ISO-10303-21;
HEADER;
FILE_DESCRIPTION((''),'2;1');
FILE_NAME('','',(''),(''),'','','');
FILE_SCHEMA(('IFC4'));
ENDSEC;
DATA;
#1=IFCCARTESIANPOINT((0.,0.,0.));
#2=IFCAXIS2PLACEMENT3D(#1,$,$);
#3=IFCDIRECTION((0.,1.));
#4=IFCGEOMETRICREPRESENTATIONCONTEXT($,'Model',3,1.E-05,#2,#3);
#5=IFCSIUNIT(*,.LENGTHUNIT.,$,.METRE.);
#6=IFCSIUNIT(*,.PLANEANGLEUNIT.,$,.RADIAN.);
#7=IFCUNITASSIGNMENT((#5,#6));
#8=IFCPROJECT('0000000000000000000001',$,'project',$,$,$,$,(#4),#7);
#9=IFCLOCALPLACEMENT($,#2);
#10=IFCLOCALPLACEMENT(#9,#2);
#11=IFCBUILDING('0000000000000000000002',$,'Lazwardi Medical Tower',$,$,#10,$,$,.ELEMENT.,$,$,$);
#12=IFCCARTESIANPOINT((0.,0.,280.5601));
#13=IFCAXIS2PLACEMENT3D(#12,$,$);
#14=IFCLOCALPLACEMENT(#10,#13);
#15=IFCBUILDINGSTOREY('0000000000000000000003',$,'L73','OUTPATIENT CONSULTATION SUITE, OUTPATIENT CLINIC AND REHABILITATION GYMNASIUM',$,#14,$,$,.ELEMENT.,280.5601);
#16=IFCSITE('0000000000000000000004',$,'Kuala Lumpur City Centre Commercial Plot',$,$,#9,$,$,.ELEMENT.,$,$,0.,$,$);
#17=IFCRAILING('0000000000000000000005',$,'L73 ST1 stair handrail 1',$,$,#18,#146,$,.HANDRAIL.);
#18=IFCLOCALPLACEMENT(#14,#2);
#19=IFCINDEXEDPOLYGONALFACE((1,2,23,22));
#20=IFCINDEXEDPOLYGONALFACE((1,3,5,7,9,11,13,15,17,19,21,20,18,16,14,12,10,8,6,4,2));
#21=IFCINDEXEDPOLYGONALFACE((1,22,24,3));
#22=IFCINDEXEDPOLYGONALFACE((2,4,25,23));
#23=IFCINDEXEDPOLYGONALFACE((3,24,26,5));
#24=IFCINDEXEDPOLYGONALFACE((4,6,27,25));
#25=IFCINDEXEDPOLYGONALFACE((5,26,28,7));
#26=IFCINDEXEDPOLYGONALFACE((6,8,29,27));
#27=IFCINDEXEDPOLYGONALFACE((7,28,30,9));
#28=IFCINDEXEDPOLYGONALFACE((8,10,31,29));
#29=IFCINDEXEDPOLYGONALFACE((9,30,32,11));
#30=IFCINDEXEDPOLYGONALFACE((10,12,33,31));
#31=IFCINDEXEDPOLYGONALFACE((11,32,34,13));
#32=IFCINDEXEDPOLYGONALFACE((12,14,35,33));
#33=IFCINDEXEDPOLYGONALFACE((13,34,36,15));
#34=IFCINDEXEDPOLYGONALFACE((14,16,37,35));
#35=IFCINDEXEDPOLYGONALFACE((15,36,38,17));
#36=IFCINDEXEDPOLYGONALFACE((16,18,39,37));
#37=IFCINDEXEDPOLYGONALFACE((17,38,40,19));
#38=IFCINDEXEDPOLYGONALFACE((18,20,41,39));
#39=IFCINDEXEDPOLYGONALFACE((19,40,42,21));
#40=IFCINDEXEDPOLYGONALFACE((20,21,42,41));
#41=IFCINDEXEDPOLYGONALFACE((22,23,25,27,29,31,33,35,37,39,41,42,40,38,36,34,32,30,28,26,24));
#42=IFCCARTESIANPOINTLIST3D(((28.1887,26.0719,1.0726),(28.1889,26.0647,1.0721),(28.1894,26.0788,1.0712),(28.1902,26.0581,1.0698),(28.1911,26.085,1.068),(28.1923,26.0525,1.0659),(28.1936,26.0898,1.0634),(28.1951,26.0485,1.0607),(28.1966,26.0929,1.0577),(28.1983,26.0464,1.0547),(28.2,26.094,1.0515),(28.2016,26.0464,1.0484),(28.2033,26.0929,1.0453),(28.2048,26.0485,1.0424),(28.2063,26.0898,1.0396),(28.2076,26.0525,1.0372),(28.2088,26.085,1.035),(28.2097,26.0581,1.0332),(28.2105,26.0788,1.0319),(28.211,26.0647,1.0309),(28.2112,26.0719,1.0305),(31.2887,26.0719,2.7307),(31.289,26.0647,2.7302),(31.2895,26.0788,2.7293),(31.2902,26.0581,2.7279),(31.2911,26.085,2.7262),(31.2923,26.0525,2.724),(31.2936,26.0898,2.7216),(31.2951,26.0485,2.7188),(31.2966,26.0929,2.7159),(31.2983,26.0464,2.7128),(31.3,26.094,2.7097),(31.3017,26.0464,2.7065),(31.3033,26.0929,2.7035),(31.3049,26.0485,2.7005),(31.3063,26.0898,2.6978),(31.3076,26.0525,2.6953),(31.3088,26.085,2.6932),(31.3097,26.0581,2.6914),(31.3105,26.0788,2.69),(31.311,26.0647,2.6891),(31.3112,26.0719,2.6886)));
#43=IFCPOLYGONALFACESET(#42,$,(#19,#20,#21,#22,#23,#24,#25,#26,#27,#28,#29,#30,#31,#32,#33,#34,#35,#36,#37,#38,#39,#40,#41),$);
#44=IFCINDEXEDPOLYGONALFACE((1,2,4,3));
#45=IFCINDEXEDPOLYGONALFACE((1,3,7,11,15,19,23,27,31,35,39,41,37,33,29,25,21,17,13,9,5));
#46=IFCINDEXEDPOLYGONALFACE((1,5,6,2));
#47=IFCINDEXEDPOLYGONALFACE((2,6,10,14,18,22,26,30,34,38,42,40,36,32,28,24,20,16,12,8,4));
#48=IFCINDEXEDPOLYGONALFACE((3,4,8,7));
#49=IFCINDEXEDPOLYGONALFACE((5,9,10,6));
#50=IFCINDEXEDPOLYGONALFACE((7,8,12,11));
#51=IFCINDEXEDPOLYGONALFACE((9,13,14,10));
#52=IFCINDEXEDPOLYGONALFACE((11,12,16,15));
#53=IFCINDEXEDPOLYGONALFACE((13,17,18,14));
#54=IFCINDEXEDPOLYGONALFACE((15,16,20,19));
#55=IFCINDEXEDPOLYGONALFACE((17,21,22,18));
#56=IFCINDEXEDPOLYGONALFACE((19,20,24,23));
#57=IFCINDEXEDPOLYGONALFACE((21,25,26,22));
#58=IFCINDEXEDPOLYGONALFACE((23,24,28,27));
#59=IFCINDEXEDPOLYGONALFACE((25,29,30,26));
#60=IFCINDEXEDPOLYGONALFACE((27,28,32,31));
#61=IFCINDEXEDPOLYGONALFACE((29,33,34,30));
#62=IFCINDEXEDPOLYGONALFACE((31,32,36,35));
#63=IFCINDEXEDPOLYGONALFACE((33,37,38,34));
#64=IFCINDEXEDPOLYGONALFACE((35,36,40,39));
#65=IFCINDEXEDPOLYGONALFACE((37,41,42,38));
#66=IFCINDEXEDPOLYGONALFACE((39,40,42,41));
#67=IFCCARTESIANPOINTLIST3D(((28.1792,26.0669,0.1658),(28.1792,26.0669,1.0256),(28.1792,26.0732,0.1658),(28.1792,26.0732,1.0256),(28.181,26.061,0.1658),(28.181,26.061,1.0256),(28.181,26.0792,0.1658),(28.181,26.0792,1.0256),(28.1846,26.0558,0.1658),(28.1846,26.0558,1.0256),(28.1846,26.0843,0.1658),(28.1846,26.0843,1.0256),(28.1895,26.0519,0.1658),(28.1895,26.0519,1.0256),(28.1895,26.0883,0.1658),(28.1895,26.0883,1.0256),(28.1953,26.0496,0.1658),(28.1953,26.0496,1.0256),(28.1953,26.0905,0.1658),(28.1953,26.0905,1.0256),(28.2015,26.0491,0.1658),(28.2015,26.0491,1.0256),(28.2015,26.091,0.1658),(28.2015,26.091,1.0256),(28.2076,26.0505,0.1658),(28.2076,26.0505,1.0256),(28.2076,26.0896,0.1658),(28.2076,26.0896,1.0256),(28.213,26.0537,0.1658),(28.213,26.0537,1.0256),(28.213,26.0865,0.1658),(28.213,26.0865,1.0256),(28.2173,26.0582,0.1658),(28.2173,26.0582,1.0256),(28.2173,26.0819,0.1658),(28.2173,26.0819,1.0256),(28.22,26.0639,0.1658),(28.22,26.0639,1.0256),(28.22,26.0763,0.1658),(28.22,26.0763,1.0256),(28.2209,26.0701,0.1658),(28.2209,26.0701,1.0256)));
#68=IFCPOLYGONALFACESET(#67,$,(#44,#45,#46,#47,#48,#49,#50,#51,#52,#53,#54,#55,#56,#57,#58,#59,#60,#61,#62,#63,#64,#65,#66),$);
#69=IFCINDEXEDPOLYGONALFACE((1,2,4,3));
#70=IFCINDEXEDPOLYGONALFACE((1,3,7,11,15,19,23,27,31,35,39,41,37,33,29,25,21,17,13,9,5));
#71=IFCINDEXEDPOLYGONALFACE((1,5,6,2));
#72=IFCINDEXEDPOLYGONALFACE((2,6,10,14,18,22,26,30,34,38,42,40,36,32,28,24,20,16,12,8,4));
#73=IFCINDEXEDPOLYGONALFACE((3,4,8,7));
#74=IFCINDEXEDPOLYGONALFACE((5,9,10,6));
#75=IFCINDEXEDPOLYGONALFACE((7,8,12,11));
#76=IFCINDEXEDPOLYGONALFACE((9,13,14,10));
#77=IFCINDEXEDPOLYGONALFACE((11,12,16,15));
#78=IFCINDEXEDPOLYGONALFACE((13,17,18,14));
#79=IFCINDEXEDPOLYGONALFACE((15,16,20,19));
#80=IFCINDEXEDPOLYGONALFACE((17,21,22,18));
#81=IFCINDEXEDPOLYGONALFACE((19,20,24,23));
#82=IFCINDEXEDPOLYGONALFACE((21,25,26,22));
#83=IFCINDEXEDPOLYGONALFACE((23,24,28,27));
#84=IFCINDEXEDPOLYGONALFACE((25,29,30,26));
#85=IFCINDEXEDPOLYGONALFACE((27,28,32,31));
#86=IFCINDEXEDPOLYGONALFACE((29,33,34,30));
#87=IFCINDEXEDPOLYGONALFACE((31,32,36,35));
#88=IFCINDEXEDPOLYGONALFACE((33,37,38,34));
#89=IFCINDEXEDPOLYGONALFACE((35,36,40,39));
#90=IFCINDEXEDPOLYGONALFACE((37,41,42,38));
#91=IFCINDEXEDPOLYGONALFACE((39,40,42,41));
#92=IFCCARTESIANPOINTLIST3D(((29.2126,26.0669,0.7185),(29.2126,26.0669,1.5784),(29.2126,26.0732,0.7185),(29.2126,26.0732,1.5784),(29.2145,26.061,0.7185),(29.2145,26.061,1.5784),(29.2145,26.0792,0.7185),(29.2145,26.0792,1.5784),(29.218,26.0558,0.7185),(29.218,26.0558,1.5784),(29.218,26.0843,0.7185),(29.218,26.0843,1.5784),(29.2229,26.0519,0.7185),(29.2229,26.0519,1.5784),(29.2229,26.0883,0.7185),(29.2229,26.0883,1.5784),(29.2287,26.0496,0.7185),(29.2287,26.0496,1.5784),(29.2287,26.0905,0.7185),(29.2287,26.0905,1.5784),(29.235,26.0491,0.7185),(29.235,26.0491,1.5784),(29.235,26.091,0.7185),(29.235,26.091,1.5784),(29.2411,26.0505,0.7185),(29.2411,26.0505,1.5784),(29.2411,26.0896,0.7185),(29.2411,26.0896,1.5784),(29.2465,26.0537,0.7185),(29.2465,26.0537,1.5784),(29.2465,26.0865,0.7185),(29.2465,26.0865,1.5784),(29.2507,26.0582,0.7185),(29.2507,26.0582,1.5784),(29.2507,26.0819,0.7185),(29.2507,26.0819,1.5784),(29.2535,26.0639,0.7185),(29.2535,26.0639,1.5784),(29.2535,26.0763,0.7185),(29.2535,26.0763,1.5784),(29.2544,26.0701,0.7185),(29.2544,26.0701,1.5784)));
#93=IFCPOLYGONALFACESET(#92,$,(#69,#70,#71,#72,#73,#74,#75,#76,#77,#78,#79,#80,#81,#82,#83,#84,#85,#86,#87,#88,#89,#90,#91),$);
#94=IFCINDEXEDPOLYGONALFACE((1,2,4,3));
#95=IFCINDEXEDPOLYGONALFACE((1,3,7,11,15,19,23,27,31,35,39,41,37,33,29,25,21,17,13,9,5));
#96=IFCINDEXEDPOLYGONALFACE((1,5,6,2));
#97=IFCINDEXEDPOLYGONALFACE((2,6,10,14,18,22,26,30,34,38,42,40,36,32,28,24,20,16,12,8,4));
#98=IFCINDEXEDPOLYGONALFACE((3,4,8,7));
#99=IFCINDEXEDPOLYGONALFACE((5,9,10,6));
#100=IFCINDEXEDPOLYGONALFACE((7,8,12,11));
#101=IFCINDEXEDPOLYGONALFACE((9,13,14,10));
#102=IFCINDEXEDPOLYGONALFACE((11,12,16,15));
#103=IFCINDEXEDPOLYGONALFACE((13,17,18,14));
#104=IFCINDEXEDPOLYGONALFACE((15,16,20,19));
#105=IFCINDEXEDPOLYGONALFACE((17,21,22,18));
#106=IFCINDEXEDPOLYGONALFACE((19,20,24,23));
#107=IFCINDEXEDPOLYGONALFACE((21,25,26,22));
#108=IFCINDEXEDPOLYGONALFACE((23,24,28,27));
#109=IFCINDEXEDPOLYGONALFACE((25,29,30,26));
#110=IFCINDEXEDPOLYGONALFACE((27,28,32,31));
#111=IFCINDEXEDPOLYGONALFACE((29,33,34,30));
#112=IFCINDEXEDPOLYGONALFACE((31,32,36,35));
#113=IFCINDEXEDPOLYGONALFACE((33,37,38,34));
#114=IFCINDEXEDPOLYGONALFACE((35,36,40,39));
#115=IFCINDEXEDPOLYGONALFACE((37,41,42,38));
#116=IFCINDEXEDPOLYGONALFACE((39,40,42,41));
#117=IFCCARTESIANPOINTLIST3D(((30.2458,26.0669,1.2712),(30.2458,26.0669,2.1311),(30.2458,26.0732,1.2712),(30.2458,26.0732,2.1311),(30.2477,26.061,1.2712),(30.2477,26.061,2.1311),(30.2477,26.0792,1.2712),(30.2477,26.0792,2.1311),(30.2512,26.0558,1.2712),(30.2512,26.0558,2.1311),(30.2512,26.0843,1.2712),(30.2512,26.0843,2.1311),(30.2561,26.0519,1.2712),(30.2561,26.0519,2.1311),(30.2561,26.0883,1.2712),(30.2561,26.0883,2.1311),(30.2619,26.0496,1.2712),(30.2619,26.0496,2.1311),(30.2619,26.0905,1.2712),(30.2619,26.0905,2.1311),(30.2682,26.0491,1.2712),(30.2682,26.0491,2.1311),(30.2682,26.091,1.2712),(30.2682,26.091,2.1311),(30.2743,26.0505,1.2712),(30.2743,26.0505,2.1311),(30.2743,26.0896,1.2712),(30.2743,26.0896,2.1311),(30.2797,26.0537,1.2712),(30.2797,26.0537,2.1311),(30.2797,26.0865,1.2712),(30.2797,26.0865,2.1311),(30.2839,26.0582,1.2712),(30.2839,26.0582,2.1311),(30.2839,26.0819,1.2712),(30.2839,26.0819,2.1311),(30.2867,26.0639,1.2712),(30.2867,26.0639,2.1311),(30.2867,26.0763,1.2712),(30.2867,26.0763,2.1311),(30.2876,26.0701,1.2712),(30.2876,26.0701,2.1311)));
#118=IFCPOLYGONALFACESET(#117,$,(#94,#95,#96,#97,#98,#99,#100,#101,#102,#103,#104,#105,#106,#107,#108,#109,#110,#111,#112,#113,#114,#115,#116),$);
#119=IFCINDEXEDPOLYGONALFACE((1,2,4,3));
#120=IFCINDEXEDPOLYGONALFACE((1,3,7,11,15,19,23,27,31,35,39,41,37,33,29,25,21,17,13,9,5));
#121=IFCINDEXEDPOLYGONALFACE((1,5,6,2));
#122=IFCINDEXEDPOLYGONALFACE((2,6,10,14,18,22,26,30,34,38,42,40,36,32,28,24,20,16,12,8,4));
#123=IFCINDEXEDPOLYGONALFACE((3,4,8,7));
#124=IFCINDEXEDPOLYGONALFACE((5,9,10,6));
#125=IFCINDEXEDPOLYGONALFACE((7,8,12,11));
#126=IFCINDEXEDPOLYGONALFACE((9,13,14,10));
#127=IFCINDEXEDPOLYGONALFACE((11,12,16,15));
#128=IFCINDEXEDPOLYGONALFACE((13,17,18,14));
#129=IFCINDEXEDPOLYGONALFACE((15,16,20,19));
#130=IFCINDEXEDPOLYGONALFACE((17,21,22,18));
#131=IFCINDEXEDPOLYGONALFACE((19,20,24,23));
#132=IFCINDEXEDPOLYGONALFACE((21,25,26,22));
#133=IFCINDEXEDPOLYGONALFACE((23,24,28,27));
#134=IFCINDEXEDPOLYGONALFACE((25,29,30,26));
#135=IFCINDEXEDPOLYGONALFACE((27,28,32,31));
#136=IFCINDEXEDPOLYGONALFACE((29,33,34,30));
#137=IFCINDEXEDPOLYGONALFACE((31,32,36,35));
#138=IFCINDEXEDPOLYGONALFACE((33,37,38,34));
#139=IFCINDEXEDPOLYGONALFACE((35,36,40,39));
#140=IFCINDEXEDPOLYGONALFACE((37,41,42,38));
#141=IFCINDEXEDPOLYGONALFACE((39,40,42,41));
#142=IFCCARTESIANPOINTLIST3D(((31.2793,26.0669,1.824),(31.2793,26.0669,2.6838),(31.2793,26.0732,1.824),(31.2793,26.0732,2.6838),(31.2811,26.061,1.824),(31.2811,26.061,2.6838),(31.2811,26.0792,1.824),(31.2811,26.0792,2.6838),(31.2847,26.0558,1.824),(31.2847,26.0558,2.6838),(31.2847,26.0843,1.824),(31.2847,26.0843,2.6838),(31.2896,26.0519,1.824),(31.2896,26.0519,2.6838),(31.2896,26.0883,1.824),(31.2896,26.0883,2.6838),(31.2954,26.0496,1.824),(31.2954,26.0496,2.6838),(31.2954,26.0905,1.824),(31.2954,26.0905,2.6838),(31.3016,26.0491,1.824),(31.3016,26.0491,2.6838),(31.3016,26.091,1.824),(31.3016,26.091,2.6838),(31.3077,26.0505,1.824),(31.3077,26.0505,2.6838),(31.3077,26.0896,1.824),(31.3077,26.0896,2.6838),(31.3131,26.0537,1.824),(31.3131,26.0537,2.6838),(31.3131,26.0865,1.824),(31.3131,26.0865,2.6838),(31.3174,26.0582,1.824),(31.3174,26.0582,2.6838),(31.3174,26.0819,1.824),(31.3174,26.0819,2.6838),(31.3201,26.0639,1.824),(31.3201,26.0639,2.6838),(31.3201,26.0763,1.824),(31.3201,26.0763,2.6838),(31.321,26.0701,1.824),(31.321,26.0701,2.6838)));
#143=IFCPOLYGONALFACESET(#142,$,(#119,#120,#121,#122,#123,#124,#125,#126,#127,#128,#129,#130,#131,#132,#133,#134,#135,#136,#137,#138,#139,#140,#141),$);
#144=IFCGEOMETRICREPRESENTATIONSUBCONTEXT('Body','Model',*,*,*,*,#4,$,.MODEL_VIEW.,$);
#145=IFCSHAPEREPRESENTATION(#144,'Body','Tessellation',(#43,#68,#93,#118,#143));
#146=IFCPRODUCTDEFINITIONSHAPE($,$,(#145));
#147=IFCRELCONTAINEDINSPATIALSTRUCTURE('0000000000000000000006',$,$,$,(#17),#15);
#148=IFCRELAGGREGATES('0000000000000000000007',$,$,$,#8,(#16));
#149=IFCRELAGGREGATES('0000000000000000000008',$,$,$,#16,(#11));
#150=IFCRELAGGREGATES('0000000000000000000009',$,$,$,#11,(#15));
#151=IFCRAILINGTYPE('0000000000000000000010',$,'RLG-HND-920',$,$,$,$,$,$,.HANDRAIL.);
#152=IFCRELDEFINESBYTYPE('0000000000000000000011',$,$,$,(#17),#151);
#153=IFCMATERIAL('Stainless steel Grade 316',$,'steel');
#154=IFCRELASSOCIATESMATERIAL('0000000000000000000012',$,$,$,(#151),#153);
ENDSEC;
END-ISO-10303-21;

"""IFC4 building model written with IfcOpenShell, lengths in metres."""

from ifc_helpers import new_model, si_unit, direction, frame, origin, origin_2d, place, context, subcontext, project, spatial, circle, extrude, material, type_object, element, save


model = new_model("IFC4")

# Units and contexts
model_context = context("Model", 3, precision=1e-05, world=origin(), true_north=direction((0.0, 1.0)))
body_context = subcontext(model_context, "Body", "Model", "MODEL_VIEW")
ifc_project = project(units=[si_unit("LENGTHUNIT", "METRE"), si_unit("PLANEANGLEUNIT", "RADIAN")], contexts=[model_context])

# Site, building, storey
site_placement = place(None, origin())
site = spatial("IfcSite", under=ifc_project, at=site_placement, Name="Kuala Lumpur City Centre Commercial Plot", CompositionType="ELEMENT", RefElevation=0.0)
building_placement = place(site_placement, origin())
building = spatial("IfcBuilding", under=site, at=building_placement, Name="Lazwardi Medical Tower", CompositionType="ELEMENT")
storey_placement = place(building_placement, frame((0.0, 0.0, 280.5601)))
storey = spatial("IfcBuildingStorey", under=building, at=storey_placement, Name="L73", Description="OUTPATIENT CONSULTATION SUITE, OUTPATIENT CLINIC AND REHABILITATION GYMNASIUM", CompositionType="ELEMENT", Elevation=280.5601)

# Railing
ifc_material_1 = material(Name="Stainless steel Grade 316", Category="steel")
railing_type_1 = type_object("IfcRailingType", Name="RLG-HND-920", PredefinedType="HANDRAIL", material=ifc_material_1)
railing_1_placement = place(storey_placement, frame((28.2, 26.0701, 0.1658)))
element("IfcRailing", 1, at=railing_1_placement, inside=storey, type_object=railing_type_1, Name="L73 ST1 stair handrail 1", PredefinedType="HANDRAIL", context=body_context, shape_type="SweptSolid", body=[
    extrude(circle(Radius=0.0239, at=origin_2d()), frame((0.0, 0.0, 0.8857), z_axis=(0.881783, 0.0, 0.471655), x_axis=(0.0, 1.0, 0.0)), (0.0, 0.0, 1.0), 3.5156),
    extrude(circle(Radius=0.021, at=origin_2d()), origin(), (0.0, 0.0, 1.0), 0.8599),
    extrude(circle(Radius=0.021, at=origin_2d()), frame((1.0334, 0.0, 0.5527)), (0.0, 0.0, 1.0), 0.8599),
    extrude(circle(Radius=0.021, at=origin_2d()), frame((2.0667, 0.0, 1.1055)), (0.0, 0.0, 1.0), 0.8599),
    extrude(circle(Radius=0.021, at=origin_2d()), frame((3.1001, 0.0, 1.6582)), (0.0, 0.0, 1.0), 0.8599),
])

save(model, "model.ifc")
